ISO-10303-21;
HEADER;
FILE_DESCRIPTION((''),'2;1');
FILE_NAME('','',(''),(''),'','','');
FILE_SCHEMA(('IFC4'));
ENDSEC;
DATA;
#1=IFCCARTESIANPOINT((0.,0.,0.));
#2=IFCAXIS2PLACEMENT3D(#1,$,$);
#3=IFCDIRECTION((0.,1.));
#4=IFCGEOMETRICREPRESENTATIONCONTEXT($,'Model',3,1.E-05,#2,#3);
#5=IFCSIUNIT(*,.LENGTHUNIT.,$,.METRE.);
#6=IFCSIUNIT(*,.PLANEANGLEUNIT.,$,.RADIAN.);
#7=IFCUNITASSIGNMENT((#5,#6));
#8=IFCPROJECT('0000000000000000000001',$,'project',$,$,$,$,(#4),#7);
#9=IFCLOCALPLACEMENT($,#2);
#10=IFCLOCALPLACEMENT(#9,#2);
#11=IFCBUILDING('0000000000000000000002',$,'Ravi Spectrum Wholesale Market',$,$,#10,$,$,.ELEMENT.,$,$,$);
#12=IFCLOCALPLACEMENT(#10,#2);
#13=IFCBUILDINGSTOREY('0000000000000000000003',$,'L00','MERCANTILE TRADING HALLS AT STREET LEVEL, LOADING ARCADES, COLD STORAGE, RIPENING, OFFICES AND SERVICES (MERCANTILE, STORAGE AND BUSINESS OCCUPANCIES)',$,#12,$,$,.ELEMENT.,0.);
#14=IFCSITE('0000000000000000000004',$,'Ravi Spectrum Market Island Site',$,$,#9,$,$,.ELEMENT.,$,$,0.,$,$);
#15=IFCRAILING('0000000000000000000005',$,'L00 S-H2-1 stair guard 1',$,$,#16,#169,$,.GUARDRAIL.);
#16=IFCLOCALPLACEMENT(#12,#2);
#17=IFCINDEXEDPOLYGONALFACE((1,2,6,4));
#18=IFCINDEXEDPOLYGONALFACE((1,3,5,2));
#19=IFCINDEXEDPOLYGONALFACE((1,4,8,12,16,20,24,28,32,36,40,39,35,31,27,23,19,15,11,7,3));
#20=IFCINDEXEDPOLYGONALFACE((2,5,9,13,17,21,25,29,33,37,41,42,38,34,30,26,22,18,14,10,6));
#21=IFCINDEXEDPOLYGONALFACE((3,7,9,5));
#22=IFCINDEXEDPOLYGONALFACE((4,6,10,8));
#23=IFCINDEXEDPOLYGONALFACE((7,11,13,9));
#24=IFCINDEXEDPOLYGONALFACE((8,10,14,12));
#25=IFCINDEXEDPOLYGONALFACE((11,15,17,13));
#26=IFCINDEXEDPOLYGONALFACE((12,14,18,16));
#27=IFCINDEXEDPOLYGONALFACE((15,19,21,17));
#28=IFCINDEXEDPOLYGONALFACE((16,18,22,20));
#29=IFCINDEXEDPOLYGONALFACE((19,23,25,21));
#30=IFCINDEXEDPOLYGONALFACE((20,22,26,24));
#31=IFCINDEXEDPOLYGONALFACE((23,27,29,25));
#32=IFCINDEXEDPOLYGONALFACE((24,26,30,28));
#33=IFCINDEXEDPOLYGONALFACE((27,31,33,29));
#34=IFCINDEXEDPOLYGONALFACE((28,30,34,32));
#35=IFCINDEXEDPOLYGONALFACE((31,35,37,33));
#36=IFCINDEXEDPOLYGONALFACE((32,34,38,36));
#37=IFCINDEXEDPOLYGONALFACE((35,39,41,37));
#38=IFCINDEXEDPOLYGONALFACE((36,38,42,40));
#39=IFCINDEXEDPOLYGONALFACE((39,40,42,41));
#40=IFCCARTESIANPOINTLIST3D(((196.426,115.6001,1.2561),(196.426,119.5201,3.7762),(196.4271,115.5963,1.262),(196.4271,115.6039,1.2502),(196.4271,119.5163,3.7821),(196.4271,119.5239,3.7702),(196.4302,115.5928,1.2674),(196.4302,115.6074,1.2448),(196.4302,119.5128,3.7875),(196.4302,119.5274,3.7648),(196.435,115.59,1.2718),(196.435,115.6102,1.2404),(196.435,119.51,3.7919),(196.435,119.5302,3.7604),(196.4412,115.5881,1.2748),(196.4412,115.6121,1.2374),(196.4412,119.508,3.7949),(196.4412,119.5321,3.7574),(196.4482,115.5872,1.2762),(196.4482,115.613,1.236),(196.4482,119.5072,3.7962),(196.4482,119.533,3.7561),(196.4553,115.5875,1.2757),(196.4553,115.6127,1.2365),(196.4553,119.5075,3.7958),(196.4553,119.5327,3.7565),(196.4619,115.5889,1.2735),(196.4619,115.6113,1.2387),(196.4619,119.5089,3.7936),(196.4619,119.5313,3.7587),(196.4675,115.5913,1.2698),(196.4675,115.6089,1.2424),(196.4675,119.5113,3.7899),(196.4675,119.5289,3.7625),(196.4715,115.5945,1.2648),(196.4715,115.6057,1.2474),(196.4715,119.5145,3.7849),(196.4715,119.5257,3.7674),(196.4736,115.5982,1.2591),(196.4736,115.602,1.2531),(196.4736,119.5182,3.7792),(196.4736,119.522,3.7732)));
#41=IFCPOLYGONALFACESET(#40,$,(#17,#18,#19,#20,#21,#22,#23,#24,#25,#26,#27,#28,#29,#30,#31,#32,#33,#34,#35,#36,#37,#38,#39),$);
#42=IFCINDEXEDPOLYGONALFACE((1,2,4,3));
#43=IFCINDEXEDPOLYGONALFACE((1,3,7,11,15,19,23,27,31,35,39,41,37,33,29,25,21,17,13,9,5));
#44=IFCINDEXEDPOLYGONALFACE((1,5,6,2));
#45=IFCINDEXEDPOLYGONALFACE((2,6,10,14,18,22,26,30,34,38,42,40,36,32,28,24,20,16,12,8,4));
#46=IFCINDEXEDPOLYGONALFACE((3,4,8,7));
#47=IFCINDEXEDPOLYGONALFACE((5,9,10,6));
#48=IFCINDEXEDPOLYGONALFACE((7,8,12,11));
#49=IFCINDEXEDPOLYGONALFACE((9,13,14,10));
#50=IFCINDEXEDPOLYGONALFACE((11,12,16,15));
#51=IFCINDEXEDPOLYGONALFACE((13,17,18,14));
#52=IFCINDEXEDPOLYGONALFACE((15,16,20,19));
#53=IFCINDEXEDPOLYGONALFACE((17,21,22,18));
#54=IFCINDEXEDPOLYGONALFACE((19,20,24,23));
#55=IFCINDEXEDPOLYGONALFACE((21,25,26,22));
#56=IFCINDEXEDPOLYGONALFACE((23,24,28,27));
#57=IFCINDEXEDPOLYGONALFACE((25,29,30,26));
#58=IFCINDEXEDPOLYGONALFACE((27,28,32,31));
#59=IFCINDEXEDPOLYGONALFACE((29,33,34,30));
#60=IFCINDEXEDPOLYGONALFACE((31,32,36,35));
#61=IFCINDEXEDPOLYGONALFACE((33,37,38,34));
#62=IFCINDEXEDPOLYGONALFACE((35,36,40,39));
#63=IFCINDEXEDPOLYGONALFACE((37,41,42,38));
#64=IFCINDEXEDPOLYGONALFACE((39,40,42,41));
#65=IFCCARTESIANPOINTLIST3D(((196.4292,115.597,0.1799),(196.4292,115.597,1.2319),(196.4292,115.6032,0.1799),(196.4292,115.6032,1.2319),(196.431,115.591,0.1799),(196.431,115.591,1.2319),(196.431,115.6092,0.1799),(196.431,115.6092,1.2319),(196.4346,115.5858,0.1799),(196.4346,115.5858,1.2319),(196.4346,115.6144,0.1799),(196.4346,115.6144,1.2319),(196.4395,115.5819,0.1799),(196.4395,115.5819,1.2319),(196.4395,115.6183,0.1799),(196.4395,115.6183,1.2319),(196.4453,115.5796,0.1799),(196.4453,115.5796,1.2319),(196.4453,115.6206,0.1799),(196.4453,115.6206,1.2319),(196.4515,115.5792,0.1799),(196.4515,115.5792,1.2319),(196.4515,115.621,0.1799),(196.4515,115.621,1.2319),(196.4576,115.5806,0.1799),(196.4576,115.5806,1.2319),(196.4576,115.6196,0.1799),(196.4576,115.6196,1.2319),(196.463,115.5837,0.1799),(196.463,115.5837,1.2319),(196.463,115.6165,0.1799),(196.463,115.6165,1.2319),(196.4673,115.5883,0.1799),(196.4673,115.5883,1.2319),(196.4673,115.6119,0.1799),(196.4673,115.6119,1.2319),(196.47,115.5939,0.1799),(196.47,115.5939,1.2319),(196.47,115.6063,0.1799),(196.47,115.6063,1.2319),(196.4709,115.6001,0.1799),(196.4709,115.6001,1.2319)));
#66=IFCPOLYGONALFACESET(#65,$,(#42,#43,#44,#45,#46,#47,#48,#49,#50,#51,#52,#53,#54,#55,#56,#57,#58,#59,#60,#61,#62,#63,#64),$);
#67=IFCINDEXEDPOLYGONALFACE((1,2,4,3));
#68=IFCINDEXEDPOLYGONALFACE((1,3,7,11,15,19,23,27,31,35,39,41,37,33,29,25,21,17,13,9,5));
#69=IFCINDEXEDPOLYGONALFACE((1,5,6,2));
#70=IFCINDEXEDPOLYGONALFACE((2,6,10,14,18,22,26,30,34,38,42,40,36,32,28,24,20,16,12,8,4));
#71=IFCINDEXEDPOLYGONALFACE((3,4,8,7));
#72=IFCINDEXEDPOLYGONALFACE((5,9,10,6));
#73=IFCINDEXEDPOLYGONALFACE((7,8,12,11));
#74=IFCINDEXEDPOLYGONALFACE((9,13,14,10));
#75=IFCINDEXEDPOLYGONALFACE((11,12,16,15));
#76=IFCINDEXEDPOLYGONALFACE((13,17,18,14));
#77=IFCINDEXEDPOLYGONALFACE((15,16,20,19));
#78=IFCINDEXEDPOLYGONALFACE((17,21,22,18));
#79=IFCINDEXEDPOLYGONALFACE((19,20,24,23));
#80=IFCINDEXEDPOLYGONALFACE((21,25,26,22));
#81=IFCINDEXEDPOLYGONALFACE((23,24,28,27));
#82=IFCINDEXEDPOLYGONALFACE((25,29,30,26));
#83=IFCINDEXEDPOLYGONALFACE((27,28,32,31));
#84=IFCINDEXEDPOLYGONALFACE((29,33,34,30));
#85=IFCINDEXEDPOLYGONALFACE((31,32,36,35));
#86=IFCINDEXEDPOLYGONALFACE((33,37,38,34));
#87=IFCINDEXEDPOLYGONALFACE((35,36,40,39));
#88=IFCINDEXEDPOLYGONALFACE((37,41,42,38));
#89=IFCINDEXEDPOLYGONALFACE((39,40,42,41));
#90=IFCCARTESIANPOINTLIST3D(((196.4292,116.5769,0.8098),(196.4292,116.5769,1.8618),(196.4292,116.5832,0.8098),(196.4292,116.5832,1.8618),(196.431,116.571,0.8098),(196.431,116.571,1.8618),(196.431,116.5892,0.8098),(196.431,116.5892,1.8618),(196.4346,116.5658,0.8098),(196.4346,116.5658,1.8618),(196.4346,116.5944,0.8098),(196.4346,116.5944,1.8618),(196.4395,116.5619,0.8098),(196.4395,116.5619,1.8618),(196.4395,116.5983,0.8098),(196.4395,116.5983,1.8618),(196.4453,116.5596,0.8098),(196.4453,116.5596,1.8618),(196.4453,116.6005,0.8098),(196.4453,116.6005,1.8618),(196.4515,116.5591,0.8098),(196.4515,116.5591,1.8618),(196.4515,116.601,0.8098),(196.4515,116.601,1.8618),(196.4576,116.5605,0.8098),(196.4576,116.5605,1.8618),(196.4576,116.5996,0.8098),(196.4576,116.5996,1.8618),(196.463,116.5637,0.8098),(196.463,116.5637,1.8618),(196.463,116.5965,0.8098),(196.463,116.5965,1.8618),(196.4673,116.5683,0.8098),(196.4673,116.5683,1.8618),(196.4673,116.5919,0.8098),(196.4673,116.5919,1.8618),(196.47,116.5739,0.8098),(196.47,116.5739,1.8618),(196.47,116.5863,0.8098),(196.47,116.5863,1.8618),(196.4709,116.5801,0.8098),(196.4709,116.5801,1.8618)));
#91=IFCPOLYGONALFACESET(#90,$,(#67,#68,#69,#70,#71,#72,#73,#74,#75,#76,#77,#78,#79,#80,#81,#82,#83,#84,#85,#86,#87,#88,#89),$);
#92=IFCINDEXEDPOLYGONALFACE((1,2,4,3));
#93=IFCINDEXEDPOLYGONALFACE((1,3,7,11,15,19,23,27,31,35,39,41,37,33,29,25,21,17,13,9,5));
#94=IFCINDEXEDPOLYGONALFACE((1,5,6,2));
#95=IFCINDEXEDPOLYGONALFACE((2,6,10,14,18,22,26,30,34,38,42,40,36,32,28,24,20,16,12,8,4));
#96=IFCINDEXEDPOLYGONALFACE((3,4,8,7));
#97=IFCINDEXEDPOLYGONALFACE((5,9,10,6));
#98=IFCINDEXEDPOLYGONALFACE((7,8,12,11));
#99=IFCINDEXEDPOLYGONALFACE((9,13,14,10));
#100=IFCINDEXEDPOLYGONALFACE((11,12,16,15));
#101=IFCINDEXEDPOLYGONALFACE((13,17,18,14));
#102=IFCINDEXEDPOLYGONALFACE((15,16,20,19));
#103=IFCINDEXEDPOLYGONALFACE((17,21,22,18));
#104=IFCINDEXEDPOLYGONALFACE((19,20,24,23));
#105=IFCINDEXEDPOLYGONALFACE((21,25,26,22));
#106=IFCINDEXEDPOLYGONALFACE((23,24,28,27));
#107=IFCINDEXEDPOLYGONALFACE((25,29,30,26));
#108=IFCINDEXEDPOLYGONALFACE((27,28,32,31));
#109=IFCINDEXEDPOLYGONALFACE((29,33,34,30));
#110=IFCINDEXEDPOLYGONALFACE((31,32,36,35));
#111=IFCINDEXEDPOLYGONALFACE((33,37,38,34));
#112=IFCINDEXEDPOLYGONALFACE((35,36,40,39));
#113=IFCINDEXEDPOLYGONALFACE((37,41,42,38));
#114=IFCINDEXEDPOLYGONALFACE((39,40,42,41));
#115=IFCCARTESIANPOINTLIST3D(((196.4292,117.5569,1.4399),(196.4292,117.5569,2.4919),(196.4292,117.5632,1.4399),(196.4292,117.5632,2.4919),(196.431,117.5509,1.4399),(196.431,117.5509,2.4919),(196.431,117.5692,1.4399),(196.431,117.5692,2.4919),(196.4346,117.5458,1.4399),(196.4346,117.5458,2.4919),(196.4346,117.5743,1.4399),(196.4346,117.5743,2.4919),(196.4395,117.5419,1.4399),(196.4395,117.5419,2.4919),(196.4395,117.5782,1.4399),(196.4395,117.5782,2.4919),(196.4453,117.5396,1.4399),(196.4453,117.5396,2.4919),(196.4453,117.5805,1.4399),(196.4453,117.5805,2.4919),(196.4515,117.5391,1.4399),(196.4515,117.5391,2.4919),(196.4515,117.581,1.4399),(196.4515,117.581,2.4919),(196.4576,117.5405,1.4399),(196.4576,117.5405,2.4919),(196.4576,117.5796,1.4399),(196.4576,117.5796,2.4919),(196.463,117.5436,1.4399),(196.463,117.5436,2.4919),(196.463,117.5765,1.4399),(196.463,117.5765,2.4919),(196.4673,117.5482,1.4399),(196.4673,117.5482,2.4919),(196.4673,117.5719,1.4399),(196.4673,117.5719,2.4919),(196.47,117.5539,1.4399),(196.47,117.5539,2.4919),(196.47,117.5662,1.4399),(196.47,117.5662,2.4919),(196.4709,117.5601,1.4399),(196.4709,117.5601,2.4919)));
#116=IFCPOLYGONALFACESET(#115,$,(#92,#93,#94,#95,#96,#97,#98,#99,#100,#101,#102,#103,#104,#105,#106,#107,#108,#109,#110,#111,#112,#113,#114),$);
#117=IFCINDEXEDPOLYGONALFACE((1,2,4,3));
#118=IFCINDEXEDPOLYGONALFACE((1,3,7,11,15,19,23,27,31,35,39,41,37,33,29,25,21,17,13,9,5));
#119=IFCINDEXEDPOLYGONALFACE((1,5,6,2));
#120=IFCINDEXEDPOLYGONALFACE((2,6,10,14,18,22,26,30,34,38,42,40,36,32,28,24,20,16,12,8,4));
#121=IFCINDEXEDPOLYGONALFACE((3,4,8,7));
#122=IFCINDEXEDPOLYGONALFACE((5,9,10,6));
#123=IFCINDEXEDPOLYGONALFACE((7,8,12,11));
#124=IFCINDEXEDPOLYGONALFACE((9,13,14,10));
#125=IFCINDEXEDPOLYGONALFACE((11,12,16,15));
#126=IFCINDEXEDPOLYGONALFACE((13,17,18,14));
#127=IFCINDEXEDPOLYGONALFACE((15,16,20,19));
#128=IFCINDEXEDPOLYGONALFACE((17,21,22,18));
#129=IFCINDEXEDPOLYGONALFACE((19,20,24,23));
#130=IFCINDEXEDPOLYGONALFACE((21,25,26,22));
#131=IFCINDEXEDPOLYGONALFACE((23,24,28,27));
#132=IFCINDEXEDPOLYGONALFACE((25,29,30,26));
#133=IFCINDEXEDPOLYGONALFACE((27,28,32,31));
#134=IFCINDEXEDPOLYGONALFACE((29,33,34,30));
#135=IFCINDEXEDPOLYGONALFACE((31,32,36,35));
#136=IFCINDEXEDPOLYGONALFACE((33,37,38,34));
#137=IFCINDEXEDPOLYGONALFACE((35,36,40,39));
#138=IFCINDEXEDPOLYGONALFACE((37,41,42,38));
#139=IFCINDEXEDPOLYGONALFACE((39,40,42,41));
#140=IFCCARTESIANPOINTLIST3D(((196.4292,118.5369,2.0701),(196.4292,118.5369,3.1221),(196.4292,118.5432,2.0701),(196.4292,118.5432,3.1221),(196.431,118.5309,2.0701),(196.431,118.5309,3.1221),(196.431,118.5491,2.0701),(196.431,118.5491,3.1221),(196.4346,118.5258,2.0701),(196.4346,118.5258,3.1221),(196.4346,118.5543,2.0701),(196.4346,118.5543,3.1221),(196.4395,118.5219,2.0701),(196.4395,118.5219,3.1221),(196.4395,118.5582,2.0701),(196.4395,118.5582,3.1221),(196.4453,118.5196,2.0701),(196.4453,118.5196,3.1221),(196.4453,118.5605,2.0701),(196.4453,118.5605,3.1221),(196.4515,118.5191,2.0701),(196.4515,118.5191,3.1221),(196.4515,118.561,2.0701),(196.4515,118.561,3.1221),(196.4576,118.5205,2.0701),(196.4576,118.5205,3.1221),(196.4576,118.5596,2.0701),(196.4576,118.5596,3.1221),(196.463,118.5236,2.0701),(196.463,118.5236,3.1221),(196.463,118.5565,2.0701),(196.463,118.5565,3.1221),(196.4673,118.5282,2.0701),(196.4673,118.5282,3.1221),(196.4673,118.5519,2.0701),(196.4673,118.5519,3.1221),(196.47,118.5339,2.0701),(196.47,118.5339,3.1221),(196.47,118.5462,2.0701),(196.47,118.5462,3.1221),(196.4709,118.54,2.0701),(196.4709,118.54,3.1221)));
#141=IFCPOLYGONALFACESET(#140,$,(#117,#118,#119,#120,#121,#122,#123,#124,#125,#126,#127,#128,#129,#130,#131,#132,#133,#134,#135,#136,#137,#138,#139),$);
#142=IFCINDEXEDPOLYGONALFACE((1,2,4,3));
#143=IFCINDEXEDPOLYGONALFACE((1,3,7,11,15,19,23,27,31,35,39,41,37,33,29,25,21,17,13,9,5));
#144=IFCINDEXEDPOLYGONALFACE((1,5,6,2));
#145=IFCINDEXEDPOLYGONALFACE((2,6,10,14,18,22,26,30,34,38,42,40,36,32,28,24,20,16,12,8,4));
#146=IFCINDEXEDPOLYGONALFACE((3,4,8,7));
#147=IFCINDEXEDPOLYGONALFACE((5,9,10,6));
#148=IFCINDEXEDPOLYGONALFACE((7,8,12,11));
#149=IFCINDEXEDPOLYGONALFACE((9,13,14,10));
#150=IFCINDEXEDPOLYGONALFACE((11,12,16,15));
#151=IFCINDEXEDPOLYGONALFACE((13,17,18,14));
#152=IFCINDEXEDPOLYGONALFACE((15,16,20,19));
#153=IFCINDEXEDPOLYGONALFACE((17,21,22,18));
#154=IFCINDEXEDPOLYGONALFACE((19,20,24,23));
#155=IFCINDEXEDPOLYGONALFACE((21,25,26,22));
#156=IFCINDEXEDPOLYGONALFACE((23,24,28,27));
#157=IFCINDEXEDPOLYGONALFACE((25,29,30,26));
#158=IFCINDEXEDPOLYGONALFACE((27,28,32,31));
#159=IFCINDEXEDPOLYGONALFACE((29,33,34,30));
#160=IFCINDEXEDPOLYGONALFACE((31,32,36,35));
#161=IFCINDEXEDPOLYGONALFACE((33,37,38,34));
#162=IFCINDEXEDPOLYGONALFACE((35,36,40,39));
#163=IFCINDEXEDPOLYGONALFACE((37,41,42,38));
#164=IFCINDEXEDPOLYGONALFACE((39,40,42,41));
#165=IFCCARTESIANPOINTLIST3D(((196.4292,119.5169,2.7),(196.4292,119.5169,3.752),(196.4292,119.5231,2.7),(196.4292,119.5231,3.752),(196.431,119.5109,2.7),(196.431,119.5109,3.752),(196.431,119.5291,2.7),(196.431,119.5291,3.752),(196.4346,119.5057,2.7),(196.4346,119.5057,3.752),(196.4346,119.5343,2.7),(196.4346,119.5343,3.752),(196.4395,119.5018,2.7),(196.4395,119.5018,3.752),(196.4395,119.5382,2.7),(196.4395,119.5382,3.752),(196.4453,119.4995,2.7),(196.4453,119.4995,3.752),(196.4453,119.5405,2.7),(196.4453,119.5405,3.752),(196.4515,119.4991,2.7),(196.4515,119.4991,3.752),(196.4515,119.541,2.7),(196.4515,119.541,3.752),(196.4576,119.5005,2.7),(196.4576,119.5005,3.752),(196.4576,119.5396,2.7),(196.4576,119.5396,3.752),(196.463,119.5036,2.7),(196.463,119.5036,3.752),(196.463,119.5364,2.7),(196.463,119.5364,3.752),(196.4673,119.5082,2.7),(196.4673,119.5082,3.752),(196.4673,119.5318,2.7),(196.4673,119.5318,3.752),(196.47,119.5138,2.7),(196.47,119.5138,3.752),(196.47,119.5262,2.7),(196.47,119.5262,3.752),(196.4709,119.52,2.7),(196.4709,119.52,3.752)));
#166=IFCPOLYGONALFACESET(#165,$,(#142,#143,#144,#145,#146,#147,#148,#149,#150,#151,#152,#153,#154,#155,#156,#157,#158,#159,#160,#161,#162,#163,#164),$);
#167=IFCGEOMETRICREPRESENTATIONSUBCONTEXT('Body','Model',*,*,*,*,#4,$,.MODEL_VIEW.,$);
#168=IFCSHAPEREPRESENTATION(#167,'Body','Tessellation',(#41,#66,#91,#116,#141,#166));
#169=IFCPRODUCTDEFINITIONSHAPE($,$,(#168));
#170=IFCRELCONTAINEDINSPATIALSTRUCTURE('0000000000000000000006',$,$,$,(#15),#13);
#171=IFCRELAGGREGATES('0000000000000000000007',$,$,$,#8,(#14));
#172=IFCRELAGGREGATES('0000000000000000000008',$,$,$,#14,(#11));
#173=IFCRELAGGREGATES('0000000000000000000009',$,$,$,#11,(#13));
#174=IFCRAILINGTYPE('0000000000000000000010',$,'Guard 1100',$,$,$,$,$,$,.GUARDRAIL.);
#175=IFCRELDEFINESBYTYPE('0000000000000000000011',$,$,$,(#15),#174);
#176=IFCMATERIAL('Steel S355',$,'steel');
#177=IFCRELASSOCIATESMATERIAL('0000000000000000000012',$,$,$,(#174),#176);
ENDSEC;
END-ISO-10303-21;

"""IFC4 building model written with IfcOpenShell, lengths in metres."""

from ifc_helpers import new_model, si_unit, direction, frame, origin, origin_2d, place, context, subcontext, project, spatial, circle, extrude, material, type_object, element, save


model = new_model("IFC4")

# Units and contexts
model_context = context("Model", 3, precision=1e-05, world=origin(), true_north=direction((0.0, 1.0)))
body_context = subcontext(model_context, "Body", "Model", "MODEL_VIEW")
ifc_project = project(units=[si_unit("LENGTHUNIT", "METRE"), si_unit("PLANEANGLEUNIT", "RADIAN")], contexts=[model_context])

# Site, building, storey
site_placement = place(None, origin())
site = spatial("IfcSite", under=ifc_project, at=site_placement, Name="Ravi Spectrum Market Island Site", CompositionType="ELEMENT", RefElevation=0.0)
building_placement = place(site_placement, origin())
building = spatial("IfcBuilding", under=site, at=building_placement, Name="Ravi Spectrum Wholesale Market", CompositionType="ELEMENT")
storey_placement = place(building_placement, origin())
storey = spatial("IfcBuildingStorey", under=building, at=storey_placement, Name="L00", Description="MERCANTILE TRADING HALLS AT STREET LEVEL, LOADING ARCADES, COLD STORAGE, RIPENING, OFFICES AND SERVICES (MERCANTILE, STORAGE AND BUSINESS OCCUPANCIES)", CompositionType="ELEMENT", Elevation=0.0)

# Railing
ifc_material_1 = material(Name="Steel S355", Category="steel")
railing_type_1 = type_object("IfcRailingType", Name="Guard 1100", PredefinedType="GUARDRAIL", material=ifc_material_1)
railing_1_placement = place(storey_placement, frame((196.45, 115.6001, 0.1799)))
element("IfcRailing", 1, at=railing_1_placement, inside=storey, type_object=railing_type_1, Name="L00 S-H2-1 stair guard 1", PredefinedType="GUARDRAIL", context=body_context, shape_type="SweptSolid", body=[
    extrude(circle(Radius=0.0239, at=origin_2d()), frame((0.0, 0.0, 1.0762), z_axis=(0.0, 0.841172, 0.540768), x_axis=(-1.0, 0.0, 0.0)), (0.0, 0.0, 1.0), 4.6602),
    extrude(circle(Radius=0.021, at=origin_2d()), origin(), (0.0, 0.0, 1.0), 1.052),
    extrude(circle(Radius=0.021, at=origin_2d()), frame((0.0, 0.98, 0.6299)), (0.0, 0.0, 1.0), 1.052),
    extrude(circle(Radius=0.021, at=origin_2d()), frame((0.0, 1.96, 1.26)), (0.0, 0.0, 1.0), 1.052),
    extrude(circle(Radius=0.021, at=origin_2d()), frame((0.0, 2.9399, 1.8901)), (0.0, 0.0, 1.0), 1.052),
    extrude(circle(Radius=0.021, at=origin_2d()), frame((0.0, 3.9199, 2.52)), (0.0, 0.0, 1.0), 1.052),
])

save(model, "model.ifc")
